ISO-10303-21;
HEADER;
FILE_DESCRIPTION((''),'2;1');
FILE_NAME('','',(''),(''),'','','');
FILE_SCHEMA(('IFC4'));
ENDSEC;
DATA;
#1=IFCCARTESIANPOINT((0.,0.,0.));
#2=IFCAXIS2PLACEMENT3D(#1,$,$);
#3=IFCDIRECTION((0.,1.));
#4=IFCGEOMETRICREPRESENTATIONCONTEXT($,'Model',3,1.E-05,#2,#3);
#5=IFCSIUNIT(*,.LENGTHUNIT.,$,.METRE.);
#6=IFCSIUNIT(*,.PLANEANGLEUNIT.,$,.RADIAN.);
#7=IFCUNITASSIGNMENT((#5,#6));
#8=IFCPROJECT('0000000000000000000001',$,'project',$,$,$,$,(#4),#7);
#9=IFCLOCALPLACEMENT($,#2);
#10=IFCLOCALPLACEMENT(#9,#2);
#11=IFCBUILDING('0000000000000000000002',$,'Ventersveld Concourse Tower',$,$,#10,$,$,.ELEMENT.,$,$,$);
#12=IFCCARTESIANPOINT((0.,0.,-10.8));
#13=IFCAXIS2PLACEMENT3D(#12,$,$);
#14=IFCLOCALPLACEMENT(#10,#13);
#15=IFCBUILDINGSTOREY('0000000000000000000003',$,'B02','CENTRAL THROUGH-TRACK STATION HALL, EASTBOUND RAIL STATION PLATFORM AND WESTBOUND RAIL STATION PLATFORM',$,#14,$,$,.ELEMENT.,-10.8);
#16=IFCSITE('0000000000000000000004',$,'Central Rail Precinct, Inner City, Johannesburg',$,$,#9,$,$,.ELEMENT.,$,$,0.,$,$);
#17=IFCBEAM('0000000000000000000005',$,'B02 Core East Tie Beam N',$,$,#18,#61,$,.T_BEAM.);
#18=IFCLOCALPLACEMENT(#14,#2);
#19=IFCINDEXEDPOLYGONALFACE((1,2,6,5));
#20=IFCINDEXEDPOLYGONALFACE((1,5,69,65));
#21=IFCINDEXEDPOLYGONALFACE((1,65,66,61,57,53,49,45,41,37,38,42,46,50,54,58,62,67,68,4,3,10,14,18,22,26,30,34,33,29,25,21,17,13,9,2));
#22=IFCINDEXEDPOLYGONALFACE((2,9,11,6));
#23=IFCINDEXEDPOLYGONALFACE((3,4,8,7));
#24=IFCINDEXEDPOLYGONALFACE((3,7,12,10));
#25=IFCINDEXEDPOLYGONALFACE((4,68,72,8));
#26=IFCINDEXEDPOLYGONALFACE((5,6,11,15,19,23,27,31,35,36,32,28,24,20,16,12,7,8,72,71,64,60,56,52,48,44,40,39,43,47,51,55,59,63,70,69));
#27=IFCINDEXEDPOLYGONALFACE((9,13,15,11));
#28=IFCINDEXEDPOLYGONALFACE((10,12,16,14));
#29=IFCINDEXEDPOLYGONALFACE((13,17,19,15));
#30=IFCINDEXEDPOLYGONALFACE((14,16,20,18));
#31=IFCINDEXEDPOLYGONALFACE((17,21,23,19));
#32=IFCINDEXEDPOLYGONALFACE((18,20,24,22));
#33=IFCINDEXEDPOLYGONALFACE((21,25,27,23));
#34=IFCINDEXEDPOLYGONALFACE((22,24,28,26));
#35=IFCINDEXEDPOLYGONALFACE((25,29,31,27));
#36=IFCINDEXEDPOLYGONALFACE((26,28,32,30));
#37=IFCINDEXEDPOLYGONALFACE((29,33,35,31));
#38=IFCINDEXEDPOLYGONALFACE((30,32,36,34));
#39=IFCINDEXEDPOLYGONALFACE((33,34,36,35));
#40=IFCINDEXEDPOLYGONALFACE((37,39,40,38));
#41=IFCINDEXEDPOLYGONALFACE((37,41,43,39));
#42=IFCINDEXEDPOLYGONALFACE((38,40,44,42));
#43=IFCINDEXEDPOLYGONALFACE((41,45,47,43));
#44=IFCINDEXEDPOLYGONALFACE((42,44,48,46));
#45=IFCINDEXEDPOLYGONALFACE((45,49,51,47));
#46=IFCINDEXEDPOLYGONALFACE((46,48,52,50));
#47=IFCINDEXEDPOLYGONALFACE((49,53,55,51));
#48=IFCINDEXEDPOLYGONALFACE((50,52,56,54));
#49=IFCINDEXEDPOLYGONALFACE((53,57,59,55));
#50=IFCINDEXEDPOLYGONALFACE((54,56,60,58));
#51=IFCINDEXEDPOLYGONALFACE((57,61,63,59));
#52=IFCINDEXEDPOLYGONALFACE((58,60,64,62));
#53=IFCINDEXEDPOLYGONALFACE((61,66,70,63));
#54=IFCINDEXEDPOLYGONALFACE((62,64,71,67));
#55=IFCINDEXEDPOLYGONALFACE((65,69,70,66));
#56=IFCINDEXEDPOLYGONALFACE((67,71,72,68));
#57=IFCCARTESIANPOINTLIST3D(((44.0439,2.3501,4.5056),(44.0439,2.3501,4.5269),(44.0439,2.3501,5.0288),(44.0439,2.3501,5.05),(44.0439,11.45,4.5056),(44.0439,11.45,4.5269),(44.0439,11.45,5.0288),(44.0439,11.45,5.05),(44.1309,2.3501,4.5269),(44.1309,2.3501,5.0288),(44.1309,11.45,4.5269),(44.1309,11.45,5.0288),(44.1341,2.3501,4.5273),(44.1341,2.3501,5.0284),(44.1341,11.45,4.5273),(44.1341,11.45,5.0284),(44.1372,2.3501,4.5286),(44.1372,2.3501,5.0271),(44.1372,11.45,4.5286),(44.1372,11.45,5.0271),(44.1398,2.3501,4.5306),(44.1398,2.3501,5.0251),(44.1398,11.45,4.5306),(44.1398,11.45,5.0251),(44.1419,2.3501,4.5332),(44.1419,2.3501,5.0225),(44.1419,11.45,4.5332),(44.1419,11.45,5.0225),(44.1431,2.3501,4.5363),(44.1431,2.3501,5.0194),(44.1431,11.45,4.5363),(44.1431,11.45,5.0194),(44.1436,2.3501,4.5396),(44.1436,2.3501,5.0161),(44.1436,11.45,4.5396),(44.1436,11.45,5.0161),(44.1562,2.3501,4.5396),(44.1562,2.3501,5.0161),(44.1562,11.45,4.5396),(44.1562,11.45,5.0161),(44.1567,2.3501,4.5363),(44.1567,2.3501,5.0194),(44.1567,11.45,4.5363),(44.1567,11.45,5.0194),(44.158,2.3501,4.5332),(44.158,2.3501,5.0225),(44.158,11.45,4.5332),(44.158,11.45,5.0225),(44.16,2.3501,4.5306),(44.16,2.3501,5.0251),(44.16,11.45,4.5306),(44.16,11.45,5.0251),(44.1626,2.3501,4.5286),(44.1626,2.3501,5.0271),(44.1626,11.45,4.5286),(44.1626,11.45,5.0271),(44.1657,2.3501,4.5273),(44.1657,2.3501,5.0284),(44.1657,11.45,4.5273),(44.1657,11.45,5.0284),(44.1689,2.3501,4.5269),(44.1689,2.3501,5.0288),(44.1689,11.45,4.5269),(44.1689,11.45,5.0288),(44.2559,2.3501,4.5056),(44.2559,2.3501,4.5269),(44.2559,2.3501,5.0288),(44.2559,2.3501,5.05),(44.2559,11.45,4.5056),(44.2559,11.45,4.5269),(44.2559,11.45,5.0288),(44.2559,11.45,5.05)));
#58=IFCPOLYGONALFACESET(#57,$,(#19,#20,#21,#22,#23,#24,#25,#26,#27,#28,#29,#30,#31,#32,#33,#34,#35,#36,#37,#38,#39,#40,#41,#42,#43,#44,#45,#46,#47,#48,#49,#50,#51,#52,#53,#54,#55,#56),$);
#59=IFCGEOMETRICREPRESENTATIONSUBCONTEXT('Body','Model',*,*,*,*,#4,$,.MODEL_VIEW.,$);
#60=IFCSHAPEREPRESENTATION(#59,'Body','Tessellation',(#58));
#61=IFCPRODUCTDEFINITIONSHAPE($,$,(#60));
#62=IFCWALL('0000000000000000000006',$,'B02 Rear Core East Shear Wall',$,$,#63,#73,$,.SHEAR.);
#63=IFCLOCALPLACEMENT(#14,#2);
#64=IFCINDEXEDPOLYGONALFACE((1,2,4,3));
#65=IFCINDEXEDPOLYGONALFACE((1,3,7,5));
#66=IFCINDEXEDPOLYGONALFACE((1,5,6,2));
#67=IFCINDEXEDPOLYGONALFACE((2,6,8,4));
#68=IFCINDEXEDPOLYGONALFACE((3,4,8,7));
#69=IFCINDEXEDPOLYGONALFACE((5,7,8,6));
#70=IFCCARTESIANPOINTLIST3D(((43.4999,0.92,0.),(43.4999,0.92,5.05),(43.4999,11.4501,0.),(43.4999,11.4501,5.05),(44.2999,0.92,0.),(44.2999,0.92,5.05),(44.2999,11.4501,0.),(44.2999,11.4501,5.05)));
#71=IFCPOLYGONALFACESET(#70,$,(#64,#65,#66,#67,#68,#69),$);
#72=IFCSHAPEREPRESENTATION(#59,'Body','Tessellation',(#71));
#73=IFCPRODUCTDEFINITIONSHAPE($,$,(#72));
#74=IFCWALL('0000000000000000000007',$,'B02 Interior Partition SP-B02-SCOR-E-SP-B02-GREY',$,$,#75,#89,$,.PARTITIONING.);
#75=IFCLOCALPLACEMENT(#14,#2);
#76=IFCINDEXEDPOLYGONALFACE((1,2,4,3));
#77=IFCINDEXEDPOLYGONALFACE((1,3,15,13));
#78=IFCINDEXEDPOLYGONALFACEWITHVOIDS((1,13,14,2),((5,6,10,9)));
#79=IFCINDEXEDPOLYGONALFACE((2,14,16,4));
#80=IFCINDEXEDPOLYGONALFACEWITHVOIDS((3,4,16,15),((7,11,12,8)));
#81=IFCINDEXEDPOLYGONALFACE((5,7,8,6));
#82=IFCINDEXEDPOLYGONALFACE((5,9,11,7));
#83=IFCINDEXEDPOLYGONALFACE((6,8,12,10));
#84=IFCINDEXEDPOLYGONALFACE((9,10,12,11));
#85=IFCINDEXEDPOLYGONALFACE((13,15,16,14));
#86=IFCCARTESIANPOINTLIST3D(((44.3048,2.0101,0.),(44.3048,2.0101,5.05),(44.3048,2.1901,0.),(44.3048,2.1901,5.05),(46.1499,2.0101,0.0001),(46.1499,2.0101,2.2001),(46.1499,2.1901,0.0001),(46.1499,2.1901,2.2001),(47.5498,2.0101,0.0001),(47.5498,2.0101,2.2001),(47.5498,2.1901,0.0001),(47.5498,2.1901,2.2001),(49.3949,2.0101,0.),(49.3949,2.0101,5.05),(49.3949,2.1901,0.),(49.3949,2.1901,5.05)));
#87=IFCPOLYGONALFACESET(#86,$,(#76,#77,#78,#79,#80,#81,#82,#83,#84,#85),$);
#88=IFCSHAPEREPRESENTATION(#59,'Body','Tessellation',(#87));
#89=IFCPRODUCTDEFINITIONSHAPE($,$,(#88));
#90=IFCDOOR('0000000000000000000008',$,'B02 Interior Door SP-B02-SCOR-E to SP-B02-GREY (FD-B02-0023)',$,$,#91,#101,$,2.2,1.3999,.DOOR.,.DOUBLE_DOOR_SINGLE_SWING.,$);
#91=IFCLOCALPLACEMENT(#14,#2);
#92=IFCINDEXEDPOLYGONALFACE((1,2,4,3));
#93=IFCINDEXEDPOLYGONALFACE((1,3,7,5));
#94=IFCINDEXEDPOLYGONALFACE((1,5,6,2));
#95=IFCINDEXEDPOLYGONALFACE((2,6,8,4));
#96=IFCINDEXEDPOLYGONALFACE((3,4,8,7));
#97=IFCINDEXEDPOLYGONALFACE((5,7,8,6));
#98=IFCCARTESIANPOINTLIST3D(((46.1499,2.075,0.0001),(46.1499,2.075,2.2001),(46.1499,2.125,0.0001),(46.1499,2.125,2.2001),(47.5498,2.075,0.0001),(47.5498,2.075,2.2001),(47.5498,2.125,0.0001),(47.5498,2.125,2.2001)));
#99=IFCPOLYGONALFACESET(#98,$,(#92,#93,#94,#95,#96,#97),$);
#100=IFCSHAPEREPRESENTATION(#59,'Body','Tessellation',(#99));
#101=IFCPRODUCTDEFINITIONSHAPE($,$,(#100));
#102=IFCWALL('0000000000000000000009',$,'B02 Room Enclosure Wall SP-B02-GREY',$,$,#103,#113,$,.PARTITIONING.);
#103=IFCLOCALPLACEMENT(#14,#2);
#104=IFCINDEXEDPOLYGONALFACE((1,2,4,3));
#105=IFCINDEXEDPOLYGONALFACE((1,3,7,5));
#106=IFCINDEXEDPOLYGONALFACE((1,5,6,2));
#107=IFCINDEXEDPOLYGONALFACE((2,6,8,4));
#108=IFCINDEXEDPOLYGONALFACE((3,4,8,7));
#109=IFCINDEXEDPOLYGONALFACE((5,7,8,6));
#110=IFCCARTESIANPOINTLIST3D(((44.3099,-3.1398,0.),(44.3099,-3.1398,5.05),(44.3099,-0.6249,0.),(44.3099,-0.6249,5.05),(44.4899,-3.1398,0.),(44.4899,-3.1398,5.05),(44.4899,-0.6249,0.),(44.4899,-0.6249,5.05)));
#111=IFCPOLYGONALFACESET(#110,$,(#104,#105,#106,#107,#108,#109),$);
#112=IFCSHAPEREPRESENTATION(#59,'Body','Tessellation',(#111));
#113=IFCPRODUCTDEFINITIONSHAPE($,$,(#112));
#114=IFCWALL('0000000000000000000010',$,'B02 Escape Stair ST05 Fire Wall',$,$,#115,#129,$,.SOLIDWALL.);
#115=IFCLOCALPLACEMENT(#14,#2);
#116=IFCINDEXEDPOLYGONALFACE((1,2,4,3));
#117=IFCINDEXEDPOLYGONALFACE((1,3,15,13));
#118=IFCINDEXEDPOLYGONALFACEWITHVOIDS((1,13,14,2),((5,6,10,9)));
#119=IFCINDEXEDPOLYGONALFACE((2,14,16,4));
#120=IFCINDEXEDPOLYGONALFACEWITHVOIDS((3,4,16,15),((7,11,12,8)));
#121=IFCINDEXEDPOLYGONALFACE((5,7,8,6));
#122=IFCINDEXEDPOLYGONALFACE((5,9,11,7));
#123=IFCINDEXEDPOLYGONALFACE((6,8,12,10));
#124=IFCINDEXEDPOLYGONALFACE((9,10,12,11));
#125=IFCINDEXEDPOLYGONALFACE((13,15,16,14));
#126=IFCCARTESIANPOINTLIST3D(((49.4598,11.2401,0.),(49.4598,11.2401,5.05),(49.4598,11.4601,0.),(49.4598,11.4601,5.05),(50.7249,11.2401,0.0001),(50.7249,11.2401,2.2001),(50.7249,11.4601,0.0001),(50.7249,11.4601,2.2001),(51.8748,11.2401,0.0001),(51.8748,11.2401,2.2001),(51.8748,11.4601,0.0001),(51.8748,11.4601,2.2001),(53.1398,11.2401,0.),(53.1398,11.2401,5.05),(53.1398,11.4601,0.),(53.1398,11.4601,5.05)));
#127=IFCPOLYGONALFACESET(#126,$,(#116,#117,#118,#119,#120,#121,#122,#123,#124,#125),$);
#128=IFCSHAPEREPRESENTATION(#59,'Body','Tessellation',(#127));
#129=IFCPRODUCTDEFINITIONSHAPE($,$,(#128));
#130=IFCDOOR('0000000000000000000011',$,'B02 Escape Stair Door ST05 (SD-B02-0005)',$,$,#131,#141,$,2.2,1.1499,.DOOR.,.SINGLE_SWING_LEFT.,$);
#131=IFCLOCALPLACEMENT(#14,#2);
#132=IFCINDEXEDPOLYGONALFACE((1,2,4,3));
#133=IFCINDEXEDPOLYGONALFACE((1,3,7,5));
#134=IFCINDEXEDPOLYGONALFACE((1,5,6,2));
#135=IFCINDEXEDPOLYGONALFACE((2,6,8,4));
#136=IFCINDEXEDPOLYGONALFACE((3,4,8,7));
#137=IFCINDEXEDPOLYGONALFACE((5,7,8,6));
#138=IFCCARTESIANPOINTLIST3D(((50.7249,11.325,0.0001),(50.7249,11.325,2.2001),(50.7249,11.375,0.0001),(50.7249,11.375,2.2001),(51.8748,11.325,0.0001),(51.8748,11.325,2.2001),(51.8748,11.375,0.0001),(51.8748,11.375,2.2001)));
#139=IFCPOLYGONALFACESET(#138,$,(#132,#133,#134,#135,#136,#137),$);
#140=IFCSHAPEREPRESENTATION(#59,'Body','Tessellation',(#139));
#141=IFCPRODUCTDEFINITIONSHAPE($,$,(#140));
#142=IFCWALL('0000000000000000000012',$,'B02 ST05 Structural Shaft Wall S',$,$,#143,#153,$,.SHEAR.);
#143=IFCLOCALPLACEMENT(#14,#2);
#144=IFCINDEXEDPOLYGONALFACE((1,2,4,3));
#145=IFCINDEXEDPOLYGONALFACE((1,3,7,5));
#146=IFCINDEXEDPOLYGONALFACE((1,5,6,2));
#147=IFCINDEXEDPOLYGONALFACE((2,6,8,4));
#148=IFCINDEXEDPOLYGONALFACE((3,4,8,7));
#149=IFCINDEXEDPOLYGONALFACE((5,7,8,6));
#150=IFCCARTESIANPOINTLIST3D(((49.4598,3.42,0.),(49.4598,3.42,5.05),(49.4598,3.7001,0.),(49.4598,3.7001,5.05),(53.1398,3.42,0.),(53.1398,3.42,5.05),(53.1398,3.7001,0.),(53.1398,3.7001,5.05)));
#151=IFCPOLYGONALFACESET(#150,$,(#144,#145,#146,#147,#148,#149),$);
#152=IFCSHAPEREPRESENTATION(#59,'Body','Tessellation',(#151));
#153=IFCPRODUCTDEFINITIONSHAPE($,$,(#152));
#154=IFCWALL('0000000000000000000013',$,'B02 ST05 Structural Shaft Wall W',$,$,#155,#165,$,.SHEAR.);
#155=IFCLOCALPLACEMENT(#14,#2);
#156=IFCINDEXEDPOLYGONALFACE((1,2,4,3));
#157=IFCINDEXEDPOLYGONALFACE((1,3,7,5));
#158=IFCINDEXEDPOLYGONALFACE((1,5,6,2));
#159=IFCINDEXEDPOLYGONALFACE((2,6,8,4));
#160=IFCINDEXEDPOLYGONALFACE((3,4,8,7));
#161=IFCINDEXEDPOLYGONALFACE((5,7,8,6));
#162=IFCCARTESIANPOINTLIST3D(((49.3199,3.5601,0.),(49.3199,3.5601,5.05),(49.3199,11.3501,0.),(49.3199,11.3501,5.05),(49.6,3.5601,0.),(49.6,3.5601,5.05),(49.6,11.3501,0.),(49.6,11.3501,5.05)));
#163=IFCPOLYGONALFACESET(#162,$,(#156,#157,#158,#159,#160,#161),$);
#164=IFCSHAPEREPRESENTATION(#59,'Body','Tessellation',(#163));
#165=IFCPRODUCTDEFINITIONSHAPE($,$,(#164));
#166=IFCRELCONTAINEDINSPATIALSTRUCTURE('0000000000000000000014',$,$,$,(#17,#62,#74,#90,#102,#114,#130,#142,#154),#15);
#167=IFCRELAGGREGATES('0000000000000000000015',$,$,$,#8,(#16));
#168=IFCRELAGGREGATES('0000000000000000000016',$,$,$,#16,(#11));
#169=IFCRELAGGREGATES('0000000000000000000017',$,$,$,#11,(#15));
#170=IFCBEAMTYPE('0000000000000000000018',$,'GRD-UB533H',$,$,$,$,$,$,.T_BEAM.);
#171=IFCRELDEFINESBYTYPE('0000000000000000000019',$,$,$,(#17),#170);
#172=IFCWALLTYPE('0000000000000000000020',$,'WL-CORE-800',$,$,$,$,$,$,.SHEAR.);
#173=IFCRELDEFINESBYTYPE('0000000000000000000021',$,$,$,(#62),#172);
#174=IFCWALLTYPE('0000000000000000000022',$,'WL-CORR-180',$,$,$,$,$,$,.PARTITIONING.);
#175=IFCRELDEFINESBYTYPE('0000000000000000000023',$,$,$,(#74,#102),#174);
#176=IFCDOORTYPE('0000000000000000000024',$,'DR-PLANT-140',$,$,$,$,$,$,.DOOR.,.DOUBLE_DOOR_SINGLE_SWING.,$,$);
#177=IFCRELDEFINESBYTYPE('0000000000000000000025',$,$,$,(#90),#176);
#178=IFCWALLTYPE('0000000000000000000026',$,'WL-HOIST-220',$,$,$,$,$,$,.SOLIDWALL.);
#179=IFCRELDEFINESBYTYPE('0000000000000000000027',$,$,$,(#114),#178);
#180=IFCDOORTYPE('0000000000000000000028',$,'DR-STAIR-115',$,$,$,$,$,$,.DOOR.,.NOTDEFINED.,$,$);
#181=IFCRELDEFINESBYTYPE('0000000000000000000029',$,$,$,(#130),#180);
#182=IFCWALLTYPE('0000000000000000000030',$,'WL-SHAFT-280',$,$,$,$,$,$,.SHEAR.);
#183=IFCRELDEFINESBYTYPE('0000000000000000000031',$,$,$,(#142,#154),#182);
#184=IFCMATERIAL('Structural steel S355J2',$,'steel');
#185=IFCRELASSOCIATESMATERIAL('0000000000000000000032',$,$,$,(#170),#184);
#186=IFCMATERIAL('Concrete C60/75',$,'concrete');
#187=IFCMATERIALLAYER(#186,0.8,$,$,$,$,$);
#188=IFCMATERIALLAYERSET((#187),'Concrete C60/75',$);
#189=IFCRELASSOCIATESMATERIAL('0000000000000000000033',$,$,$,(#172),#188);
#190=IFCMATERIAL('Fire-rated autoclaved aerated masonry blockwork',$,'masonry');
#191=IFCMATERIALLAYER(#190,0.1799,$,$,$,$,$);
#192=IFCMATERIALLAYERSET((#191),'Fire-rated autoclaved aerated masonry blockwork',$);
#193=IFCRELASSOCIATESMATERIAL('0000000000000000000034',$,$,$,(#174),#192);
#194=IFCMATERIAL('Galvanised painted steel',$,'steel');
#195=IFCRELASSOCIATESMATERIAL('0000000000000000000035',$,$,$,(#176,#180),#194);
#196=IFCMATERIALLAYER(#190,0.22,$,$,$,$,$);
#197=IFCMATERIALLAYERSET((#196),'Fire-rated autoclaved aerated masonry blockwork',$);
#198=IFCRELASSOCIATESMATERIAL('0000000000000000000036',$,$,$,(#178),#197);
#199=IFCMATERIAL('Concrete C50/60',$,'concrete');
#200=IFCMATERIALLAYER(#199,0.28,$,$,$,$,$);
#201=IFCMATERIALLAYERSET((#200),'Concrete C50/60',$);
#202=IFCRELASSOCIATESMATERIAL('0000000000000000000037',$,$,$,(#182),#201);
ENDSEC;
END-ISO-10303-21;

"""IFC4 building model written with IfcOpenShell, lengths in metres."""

from ifc_helpers import new_model, si_unit, direction, frame, frame_2d, origin, origin_2d, place, context, subcontext, project, spatial, rectangle, i_section, extrude, material, layer, layer_set, material_profile, profile_set, type_object, element, fill, save


model = new_model("IFC4")

# Units and contexts
model_context = context("Model", 3, precision=1e-05, world=origin(), true_north=direction((0.0, 1.0)))
body_context = subcontext(model_context, "Body", "Model", "MODEL_VIEW")
ifc_project = project(units=[si_unit("LENGTHUNIT", "METRE"), si_unit("PLANEANGLEUNIT", "RADIAN")], contexts=[model_context])

# Site, building, storey
site_placement = place(None, origin())
site = spatial("IfcSite", under=ifc_project, at=site_placement, Name="Central Rail Precinct, Inner City, Johannesburg", CompositionType="ELEMENT", RefElevation=0.0)
building_placement = place(site_placement, origin())
building = spatial("IfcBuilding", under=site, at=building_placement, Name="Ventersveld Concourse Tower", CompositionType="ELEMENT")
storey_placement = place(building_placement, frame((0.0, 0.0, -10.8)))
storey = spatial("IfcBuildingStorey", under=building, at=storey_placement, Name="B02", Description="CENTRAL THROUGH-TRACK STATION HALL, EASTBOUND RAIL STATION PLATFORM AND WESTBOUND RAIL STATION PLATFORM", CompositionType="ELEMENT", Elevation=-10.8)

# Shared definitions
ifc_material_1 = material(Name="Concrete C50/60", Category="concrete")

# Shared definitions
ifc_material_2 = material(Name="Concrete C60/75", Category="concrete")

# Beam
ifc_material_3 = material(Name="Structural steel S355J2", Category="steel")
ifc_material_profile_1 = material_profile(ifc_material_3, i_section(OverallWidth=0.2119, OverallDepth=0.5444, WebThickness=0.0127, FlangeThickness=0.0212, FilletRadius=0.0127, at=origin_2d()), Name="UB 533x210x122")
ifc_profile_set_1 = profile_set([ifc_material_profile_1], Name="Structural steel S355J2")
beam_type = type_object("IfcBeamType", Name="GRD-UB533H", PredefinedType="T_BEAM", material=ifc_profile_set_1)
beam_1_placement = place(storey_placement, frame((44.1499, 2.3501, 4.7778), z_axis=(0.0, 1.0, 0.0), x_axis=(-1.0, 0.0, 0.0)))
element("IfcBeam", 1, at=beam_1_placement, inside=storey, type_object=beam_type, Name="B02 Core East Tie Beam N", PredefinedType="T_BEAM", context=body_context, shape_type="SweptSolid", body=[
    extrude(i_section(OverallWidth=0.2119, OverallDepth=0.5444, WebThickness=0.0127, FlangeThickness=0.0212, FilletRadius=0.0127, at=origin_2d()), origin(), (0.0, 0.0, 1.0), 9.0999),
])

# Wall
ifc_layer_1 = layer(ifc_material_2, 0.8)
ifc_layer_set_1 = layer_set([ifc_layer_1], Name="Concrete C60/75")
wall_type_1 = type_object("IfcWallType", Name="WL-CORE-800", PredefinedType="SHEAR", material=ifc_layer_set_1)
wall_1_placement = place(storey_placement, frame((43.8999, 0.9199, 0.0), z_axis=(0.0, 0.0, 1.0), x_axis=(0.0, 1.0, 0.0)))
element("IfcWall", 2, at=wall_1_placement, inside=storey, type_object=wall_type_1, Name="B02 Rear Core East Shear Wall", PredefinedType="SHEAR", context=body_context, shape_type="SweptSolid", body=[
    extrude(rectangle(XDim=10.53, YDim=0.8, at=frame_2d((5.2651, 0.0))), origin(), (0.0, 0.0, 1.0), 5.05),
])

# Wall, opening, door
ifc_material_4 = material(Name="Fire-rated autoclaved aerated masonry blockwork", Category="masonry")
ifc_layer_2 = layer(ifc_material_4, 0.1799)
ifc_layer_set_2 = layer_set([ifc_layer_2], Name="Fire-rated autoclaved aerated masonry blockwork")
wall_type_2 = type_object("IfcWallType", Name="WL-CORR-180", PredefinedType="PARTITIONING", material=ifc_layer_set_2)
wall_2_placement = place(storey_placement, frame((44.3049, 2.1001, 0.0), z_axis=(0.0, 0.0, 1.0), x_axis=(1.0, 0.0, 0.0)))
wall_2 = element("IfcWall", 3, at=wall_2_placement, inside=storey, type_object=wall_type_2, Name="B02 Interior Partition SP-B02-SCOR-E-SP-B02-GREY", PredefinedType="PARTITIONING", context=body_context, shape_type="SweptSolid", body=[
    extrude(rectangle(XDim=5.0901, YDim=0.1799, at=frame_2d((2.5449, 0.0))), origin(), (0.0, 0.0, 1.0), 5.05),
])
opening_1_placement = place(wall_2_placement, frame((1.845, 0.0, 0.0)))
opening_1 = element("IfcOpeningElement", 4, at=opening_1_placement, cuts=wall_2, PredefinedType="OPENING", context=body_context, shape_type="SweptSolid", body=[
    extrude(rectangle(XDim=1.3999, YDim=2.2, at=frame_2d((0.7, 1.1001))), frame((0.0, 0.1001, 0.0), z_axis=(0.0, -1.0, 0.0), x_axis=(1.0, 0.0, 0.0)), (0.0, 0.0, 1.0), 0.2),
])
ifc_material_5 = material(Name="Galvanised painted steel", Category="steel")
door_type_1 = type_object("IfcDoorType", Name="DR-PLANT-140", OperationType="DOUBLE_DOOR_SINGLE_SWING", PredefinedType="DOOR", material=ifc_material_5)
door_1_placement = place(opening_1_placement, origin())
door_1 = element("IfcDoor", 5, at=door_1_placement, inside=storey, type_object=door_type_1, Name="B02 Interior Door SP-B02-SCOR-E to SP-B02-GREY (FD-B02-0023)", OperationType="DOUBLE_DOOR_SINGLE_SWING", OverallHeight=2.2, OverallWidth=1.3999, PredefinedType="DOOR", context=body_context, shape_type="SweptSolid", body=[
    extrude(rectangle(XDim=1.3999, YDim=2.2, at=frame_2d((0.7, 1.1001))), frame((0.0, 0.0249, 0.0), z_axis=(0.0, -1.0, 0.0), x_axis=(1.0, 0.0, 0.0)), (0.0, 0.0, 1.0), 0.05),
])
fill(opening_1, door_1)

# Wall
wall_3_placement = place(storey_placement, frame((44.3999, -0.625, 0.0), z_axis=(0.0, 0.0, 1.0), x_axis=(0.0, -1.0, 0.0)))
element("IfcWall", 6, at=wall_3_placement, inside=storey, type_object=wall_type_2, Name="B02 Room Enclosure Wall SP-B02-GREY", PredefinedType="PARTITIONING", context=body_context, shape_type="SweptSolid", body=[
    extrude(rectangle(XDim=2.5149, YDim=0.1799, at=frame_2d((1.2573, 0.0))), origin(), (0.0, 0.0, 1.0), 5.05),
])

# Wall, opening, door
ifc_layer_3 = layer(ifc_material_4, 0.22)
ifc_layer_set_3 = layer_set([ifc_layer_3], Name="Fire-rated autoclaved aerated masonry blockwork")
wall_type_3 = type_object("IfcWallType", Name="WL-HOIST-220", PredefinedType="SOLIDWALL", material=ifc_layer_set_3)
wall_4_placement = place(storey_placement, frame((49.46, 11.3501, 0.0), z_axis=(0.0, 0.0, 1.0), x_axis=(1.0, 0.0, 0.0)))
wall_4 = element("IfcWall", 7, at=wall_4_placement, inside=storey, type_object=wall_type_3, Name="B02 Escape Stair ST05 Fire Wall", PredefinedType="SOLIDWALL", context=body_context, shape_type="SweptSolid", body=[
    extrude(rectangle(XDim=3.6799, YDim=0.22, at=frame_2d((1.8398, 0.0))), origin(), (0.0, 0.0, 1.0), 5.05),
])
opening_2_placement = place(wall_4_placement, frame((1.2649, 0.0, 0.0)))
opening_2 = element("IfcOpeningElement", 8, at=opening_2_placement, cuts=wall_4, PredefinedType="OPENING", context=body_context, shape_type="SweptSolid", body=[
    extrude(rectangle(XDim=1.1499, YDim=2.2, at=frame_2d((0.575, 1.1001))), frame((0.0, 0.1201, 0.0), z_axis=(0.0, -1.0, 0.0), x_axis=(1.0, 0.0, 0.0)), (0.0, 0.0, 1.0), 0.24),
])
door_type_2 = type_object("IfcDoorType", Name="DR-STAIR-115", OperationType="NOTDEFINED", PredefinedType="DOOR", material=ifc_material_5)
door_2_placement = place(opening_2_placement, origin())
door_2 = element("IfcDoor", 9, at=door_2_placement, inside=storey, type_object=door_type_2, Name="B02 Escape Stair Door ST05 (SD-B02-0005)", OperationType="SINGLE_SWING_LEFT", OverallHeight=2.2, OverallWidth=1.1499, PredefinedType="DOOR", context=body_context, shape_type="SweptSolid", body=[
    extrude(rectangle(XDim=1.1499, YDim=2.2, at=frame_2d((0.575, 1.1001))), frame((0.0, 0.0249, 0.0), z_axis=(0.0, -1.0, 0.0), x_axis=(1.0, 0.0, 0.0)), (0.0, 0.0, 1.0), 0.05),
])
fill(opening_2, door_2)

# Walls
ifc_layer_4 = layer(ifc_material_1, 0.28)
ifc_layer_set_4 = layer_set([ifc_layer_4], Name="Concrete C50/60")
wall_type_4 = type_object("IfcWallType", Name="WL-SHAFT-280", PredefinedType="SHEAR", material=ifc_layer_set_4)
wall_5_placement = place(storey_placement, frame((49.46, 3.5601, 0.0), z_axis=(0.0, 0.0, 1.0), x_axis=(1.0, 0.0, 0.0)))
element("IfcWall", 10, at=wall_5_placement, inside=storey, type_object=wall_type_4, Name="B02 ST05 Structural Shaft Wall S", PredefinedType="SHEAR", context=body_context, shape_type="SweptSolid", body=[
    extrude(rectangle(XDim=3.6799, YDim=0.28, at=frame_2d((1.8398, 0.0))), origin(), (0.0, 0.0, 1.0), 5.05),
])
wall_6_placement = place(storey_placement, frame((49.46, 3.5601, 0.0), z_axis=(0.0, 0.0, 1.0), x_axis=(0.0, 1.0, 0.0)))
element("IfcWall", 11, at=wall_6_placement, inside=storey, type_object=wall_type_4, Name="B02 ST05 Structural Shaft Wall W", PredefinedType="SHEAR", context=body_context, shape_type="SweptSolid", body=[
    extrude(rectangle(XDim=7.79, YDim=0.28, at=frame_2d((3.895, 0.0))), origin(), (0.0, 0.0, 1.0), 5.05),
])

save(model, "model.ifc")
